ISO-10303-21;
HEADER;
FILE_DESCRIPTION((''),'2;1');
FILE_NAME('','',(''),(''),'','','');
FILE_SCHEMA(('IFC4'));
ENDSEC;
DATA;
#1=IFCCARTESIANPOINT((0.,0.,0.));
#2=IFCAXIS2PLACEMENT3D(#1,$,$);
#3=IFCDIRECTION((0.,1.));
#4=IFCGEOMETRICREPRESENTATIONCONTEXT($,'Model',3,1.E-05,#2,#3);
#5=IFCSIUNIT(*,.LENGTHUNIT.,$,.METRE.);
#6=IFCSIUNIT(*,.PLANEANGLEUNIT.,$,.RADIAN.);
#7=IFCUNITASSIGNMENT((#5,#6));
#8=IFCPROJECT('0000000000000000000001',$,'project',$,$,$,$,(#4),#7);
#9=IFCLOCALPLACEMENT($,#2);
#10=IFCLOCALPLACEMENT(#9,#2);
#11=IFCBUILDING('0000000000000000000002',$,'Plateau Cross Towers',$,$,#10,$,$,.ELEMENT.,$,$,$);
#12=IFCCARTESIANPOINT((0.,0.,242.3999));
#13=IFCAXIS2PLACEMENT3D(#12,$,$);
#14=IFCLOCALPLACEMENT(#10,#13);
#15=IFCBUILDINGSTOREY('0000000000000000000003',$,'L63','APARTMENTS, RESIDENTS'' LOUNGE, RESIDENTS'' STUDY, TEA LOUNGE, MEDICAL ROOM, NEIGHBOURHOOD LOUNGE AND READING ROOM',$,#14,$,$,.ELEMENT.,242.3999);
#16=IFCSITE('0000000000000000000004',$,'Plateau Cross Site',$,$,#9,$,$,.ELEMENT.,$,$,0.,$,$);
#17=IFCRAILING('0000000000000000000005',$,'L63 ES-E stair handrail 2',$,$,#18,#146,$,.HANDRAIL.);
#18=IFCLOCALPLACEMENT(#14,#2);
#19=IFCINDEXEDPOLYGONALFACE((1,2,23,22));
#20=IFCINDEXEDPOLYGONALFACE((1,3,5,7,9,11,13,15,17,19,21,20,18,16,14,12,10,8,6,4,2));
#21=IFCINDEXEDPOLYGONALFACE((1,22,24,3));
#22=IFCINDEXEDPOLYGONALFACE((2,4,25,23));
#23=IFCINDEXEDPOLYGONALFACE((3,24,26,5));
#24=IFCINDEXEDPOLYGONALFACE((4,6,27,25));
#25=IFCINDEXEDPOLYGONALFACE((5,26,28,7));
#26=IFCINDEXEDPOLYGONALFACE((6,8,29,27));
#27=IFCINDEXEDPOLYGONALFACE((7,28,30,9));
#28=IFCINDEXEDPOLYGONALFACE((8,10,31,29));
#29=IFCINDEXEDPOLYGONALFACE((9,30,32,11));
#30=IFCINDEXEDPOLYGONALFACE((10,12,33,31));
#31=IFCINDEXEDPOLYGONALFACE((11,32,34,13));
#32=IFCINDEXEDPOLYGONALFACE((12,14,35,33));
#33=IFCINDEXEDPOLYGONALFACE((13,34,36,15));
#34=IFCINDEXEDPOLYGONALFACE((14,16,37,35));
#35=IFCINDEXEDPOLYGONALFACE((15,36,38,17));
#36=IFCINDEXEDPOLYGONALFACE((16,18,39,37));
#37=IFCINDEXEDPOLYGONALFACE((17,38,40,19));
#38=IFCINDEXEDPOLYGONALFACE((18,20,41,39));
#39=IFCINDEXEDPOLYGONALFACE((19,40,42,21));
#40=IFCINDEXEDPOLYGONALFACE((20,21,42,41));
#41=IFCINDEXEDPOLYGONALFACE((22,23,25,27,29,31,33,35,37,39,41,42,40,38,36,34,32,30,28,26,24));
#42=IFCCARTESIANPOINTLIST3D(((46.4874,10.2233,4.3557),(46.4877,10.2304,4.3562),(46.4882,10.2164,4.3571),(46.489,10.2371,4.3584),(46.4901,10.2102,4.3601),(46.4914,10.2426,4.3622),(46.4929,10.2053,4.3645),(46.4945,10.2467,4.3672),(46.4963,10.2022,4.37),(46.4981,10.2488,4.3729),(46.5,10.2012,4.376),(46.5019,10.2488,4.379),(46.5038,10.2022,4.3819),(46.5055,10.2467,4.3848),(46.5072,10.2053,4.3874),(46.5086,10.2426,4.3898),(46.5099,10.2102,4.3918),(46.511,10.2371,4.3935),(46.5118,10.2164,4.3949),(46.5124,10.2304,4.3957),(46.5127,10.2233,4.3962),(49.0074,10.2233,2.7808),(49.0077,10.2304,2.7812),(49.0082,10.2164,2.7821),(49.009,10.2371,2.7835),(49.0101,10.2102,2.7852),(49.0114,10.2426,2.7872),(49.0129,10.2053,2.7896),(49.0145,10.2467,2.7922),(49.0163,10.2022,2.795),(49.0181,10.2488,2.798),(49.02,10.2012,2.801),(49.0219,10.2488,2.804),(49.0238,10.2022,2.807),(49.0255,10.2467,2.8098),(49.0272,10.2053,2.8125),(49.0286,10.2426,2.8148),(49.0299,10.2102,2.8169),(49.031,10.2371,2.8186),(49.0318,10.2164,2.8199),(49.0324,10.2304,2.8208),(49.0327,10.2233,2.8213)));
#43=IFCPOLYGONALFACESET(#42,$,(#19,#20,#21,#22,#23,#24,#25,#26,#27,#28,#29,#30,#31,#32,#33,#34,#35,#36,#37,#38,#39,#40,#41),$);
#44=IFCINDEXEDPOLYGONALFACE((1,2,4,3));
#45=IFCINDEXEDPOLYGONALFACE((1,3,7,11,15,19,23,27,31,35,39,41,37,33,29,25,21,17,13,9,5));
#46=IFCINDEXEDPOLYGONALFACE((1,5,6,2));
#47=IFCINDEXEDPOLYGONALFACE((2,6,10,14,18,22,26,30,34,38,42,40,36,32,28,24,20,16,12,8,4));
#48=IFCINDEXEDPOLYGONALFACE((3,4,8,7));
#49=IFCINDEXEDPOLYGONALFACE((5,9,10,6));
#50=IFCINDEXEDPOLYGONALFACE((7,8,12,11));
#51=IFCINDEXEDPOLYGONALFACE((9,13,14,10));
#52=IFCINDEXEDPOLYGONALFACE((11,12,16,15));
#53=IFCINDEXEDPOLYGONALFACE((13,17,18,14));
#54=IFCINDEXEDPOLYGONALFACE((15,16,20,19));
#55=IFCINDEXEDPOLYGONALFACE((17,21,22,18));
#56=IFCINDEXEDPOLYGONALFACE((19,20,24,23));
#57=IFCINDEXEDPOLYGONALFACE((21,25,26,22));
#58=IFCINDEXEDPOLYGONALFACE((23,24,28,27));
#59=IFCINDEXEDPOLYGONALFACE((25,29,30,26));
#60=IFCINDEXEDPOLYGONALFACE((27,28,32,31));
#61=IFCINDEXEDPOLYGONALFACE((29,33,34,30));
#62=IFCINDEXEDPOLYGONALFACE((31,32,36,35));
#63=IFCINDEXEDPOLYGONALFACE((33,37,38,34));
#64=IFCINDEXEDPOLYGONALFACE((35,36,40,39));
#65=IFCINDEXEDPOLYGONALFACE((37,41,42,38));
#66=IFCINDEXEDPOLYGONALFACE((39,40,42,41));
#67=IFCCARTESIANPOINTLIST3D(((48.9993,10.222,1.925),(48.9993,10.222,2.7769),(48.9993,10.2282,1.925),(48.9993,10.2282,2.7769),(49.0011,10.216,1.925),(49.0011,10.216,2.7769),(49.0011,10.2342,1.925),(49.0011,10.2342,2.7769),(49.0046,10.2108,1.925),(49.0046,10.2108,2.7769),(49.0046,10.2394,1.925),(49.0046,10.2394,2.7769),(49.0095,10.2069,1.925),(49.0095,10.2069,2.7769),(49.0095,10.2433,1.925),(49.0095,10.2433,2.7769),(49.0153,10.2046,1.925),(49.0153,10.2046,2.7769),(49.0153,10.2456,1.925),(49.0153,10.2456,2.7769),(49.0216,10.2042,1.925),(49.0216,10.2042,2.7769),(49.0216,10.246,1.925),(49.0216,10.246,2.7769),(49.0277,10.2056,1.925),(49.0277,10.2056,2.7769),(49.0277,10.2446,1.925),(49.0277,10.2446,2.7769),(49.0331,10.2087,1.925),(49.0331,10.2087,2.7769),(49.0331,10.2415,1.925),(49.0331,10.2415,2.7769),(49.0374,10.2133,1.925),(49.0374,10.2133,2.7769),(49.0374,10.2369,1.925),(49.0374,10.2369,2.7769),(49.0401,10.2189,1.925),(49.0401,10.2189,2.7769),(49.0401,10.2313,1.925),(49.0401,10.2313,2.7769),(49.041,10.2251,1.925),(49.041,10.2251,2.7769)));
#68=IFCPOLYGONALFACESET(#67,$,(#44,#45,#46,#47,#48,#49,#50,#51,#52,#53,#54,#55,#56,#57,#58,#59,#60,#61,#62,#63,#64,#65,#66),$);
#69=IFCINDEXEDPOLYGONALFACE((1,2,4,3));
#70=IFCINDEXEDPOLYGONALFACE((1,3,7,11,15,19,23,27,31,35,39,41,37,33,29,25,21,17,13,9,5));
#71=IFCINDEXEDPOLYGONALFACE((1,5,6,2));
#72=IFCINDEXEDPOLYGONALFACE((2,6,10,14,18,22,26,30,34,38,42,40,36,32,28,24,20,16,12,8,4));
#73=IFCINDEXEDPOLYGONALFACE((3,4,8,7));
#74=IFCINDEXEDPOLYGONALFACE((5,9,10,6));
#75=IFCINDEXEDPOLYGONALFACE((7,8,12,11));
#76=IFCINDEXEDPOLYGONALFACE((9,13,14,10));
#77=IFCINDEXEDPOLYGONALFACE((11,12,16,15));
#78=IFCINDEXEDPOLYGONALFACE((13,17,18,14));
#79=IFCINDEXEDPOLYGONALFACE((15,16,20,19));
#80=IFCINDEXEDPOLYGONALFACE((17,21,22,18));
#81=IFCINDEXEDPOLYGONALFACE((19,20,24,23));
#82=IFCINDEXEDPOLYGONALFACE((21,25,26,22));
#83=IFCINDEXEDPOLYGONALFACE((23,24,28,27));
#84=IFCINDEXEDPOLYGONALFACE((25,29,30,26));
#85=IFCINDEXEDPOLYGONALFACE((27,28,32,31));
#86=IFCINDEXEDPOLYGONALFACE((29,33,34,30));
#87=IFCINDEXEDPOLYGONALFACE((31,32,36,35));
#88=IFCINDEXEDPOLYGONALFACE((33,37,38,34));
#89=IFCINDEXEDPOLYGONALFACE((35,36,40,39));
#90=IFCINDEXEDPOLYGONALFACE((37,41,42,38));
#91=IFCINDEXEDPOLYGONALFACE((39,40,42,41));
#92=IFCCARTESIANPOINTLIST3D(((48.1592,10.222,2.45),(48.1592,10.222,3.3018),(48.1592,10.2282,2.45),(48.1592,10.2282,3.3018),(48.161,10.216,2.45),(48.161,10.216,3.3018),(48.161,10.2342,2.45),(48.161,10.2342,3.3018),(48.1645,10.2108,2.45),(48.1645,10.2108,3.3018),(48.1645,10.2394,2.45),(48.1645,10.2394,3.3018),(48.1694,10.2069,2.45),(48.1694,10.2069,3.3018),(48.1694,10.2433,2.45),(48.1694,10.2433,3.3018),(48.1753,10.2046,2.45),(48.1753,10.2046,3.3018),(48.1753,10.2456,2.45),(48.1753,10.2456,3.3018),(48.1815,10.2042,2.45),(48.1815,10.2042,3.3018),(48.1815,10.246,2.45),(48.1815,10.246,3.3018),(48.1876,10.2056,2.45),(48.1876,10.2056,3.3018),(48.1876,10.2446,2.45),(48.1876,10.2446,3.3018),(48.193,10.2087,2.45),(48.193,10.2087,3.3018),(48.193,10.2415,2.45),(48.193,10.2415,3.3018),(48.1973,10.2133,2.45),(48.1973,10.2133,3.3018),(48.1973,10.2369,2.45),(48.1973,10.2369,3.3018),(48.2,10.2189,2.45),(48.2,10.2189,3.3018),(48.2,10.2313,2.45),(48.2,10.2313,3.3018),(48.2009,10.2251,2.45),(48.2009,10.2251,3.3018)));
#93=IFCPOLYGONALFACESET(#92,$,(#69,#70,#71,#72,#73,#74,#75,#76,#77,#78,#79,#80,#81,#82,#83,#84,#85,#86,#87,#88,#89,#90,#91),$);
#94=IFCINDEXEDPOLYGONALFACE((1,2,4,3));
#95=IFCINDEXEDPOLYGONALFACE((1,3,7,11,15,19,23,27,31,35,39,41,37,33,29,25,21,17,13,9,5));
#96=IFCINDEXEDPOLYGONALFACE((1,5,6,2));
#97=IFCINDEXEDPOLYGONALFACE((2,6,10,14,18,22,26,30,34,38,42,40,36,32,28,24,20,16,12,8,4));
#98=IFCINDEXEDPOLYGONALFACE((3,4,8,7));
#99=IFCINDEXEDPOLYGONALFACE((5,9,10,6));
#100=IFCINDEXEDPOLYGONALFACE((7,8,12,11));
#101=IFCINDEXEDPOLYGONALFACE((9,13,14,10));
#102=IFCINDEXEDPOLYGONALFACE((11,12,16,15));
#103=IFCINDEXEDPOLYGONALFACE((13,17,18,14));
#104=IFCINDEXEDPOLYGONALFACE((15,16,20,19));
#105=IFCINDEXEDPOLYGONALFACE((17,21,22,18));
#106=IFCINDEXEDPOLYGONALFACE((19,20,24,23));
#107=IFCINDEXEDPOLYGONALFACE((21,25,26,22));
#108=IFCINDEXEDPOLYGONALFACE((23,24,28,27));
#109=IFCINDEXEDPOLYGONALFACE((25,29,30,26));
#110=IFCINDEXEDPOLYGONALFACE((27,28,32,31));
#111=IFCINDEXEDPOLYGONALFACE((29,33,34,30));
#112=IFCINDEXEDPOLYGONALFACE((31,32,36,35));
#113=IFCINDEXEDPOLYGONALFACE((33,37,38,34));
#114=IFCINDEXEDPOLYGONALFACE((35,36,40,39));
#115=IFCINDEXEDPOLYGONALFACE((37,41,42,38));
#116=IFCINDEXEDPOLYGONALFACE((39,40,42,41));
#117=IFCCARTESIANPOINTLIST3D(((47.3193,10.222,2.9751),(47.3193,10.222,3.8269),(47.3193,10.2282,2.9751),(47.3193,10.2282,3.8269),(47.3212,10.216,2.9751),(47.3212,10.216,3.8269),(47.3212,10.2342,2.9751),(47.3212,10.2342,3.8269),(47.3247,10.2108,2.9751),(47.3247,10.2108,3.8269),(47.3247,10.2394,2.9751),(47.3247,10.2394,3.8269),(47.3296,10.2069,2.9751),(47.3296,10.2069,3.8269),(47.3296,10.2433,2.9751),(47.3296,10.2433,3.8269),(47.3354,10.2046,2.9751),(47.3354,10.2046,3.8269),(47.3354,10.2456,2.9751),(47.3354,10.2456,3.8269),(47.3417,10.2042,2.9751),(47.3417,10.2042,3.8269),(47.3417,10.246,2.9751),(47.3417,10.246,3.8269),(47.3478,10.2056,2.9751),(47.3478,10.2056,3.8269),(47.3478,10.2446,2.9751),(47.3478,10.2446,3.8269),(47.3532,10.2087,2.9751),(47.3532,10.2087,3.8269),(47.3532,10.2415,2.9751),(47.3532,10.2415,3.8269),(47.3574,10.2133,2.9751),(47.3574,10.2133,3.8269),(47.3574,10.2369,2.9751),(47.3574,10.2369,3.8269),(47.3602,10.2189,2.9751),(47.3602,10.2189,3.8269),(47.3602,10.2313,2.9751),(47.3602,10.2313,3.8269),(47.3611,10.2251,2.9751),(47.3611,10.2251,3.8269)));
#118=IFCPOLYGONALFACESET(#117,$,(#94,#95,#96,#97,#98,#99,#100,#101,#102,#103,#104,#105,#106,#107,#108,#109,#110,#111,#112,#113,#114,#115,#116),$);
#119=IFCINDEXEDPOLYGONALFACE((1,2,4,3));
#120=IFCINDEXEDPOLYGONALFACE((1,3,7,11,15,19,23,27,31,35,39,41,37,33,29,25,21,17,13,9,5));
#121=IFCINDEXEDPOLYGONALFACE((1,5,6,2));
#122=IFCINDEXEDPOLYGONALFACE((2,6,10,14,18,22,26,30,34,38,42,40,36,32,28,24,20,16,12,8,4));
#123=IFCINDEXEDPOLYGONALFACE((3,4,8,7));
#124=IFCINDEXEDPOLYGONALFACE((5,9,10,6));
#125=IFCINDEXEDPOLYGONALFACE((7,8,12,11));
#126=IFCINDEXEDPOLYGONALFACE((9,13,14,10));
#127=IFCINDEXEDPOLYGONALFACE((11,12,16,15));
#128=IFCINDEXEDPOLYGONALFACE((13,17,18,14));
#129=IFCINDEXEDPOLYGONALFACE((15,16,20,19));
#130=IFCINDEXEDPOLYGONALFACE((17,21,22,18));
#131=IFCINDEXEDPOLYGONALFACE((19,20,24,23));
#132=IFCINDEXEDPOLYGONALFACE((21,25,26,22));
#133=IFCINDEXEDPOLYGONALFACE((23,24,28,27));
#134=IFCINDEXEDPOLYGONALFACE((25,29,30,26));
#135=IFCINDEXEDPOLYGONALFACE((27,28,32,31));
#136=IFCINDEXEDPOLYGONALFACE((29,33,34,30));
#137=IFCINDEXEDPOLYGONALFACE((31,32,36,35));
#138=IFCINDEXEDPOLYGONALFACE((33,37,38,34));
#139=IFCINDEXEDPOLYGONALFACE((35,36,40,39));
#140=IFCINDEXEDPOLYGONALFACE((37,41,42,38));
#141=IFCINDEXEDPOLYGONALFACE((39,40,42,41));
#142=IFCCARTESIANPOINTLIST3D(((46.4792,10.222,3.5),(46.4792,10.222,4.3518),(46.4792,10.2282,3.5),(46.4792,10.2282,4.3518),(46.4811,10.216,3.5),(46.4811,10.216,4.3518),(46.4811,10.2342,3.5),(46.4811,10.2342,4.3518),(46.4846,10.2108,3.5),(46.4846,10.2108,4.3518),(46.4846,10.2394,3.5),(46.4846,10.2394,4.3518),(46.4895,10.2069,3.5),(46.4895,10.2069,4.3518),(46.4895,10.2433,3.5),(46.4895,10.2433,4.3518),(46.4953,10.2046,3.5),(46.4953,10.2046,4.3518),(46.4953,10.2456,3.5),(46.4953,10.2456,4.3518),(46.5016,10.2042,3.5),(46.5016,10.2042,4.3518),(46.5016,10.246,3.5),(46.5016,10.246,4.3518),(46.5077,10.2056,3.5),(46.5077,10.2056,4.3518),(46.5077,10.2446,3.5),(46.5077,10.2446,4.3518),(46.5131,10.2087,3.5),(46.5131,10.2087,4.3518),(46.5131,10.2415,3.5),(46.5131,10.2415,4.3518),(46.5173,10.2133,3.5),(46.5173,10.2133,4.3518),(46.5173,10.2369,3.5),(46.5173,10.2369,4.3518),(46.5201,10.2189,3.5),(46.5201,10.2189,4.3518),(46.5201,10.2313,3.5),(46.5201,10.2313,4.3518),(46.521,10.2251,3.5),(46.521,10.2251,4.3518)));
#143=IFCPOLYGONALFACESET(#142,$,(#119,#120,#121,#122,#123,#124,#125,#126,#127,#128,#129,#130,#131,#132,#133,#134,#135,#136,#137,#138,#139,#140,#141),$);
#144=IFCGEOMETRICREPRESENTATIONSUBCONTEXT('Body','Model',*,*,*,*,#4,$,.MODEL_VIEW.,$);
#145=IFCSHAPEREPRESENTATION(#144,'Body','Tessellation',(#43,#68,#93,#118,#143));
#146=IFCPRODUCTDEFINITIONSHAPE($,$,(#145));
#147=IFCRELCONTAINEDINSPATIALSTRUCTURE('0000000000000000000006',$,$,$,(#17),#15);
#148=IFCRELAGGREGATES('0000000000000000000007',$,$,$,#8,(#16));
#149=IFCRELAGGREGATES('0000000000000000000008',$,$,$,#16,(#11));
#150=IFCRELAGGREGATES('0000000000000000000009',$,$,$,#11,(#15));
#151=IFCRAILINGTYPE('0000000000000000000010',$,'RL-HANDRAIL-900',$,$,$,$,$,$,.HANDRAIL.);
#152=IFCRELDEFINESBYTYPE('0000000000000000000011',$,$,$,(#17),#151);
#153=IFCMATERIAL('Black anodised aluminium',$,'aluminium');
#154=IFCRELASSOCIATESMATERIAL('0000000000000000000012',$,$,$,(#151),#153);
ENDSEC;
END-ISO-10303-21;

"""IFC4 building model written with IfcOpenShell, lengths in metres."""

from ifc_helpers import new_model, si_unit, direction, frame, origin, origin_2d, place, context, subcontext, project, spatial, circle, extrude, material, type_object, element, save


model = new_model("IFC4")

# Units and contexts
model_context = context("Model", 3, precision=1e-05, world=origin(), true_north=direction((0.0, 1.0)))
body_context = subcontext(model_context, "Body", "Model", "MODEL_VIEW")
ifc_project = project(units=[si_unit("LENGTHUNIT", "METRE"), si_unit("PLANEANGLEUNIT", "RADIAN")], contexts=[model_context])

# Site, building, storey
site_placement = place(None, origin())
site = spatial("IfcSite", under=ifc_project, at=site_placement, Name="Plateau Cross Site", CompositionType="ELEMENT", RefElevation=0.0)
building_placement = place(site_placement, origin())
building = spatial("IfcBuilding", under=site, at=building_placement, Name="Plateau Cross Towers", CompositionType="ELEMENT")
storey_placement = place(building_placement, frame((0.0, 0.0, 242.3999)))
storey = spatial("IfcBuildingStorey", under=building, at=storey_placement, Name="L63", Description="APARTMENTS, RESIDENTS' LOUNGE, RESIDENTS' STUDY, TEA LOUNGE, MEDICAL ROOM, NEIGHBOURHOOD LOUNGE AND READING ROOM", CompositionType="ELEMENT", Elevation=242.3999)

# Shared definitions
ifc_material_1 = material(Name="Black anodised aluminium", Category="aluminium")

# Railing
railing_type_1 = type_object("IfcRailingType", Name="RL-HANDRAIL-900", PredefinedType="HANDRAIL", material=ifc_material_1)
railing_1_placement = place(storey_placement, frame((49.02, 10.2251, 1.925)))
element("IfcRailing", 1, at=railing_1_placement, inside=storey, type_object=railing_type_1, Name="L63 ES-E stair handrail 2", PredefinedType="HANDRAIL", context=body_context, shape_type="SweptSolid", body=[
    extrude(circle(Radius=0.0239, at=origin_2d()), frame((0.0, 0.0, 0.876), z_axis=(-0.848008, 0.0, 0.529984), x_axis=(0.0, -1.0, 0.0)), (0.0, 0.0, 1.0), 2.9717),
    extrude(circle(Radius=0.021, at=origin_2d()), origin(), (0.0, 0.0, 1.0), 0.8518),
    extrude(circle(Radius=0.021, at=origin_2d()), frame((-0.8401, 0.0, 0.5249)), (0.0, 0.0, 1.0), 0.8518),
    extrude(circle(Radius=0.021, at=origin_2d()), frame((-1.6799, 0.0, 1.05)), (0.0, 0.0, 1.0), 0.8518),
    extrude(circle(Radius=0.021, at=origin_2d()), frame((-2.52, 0.0, 1.575)), (0.0, 0.0, 1.0), 0.8518),
])

save(model, "model.ifc")
